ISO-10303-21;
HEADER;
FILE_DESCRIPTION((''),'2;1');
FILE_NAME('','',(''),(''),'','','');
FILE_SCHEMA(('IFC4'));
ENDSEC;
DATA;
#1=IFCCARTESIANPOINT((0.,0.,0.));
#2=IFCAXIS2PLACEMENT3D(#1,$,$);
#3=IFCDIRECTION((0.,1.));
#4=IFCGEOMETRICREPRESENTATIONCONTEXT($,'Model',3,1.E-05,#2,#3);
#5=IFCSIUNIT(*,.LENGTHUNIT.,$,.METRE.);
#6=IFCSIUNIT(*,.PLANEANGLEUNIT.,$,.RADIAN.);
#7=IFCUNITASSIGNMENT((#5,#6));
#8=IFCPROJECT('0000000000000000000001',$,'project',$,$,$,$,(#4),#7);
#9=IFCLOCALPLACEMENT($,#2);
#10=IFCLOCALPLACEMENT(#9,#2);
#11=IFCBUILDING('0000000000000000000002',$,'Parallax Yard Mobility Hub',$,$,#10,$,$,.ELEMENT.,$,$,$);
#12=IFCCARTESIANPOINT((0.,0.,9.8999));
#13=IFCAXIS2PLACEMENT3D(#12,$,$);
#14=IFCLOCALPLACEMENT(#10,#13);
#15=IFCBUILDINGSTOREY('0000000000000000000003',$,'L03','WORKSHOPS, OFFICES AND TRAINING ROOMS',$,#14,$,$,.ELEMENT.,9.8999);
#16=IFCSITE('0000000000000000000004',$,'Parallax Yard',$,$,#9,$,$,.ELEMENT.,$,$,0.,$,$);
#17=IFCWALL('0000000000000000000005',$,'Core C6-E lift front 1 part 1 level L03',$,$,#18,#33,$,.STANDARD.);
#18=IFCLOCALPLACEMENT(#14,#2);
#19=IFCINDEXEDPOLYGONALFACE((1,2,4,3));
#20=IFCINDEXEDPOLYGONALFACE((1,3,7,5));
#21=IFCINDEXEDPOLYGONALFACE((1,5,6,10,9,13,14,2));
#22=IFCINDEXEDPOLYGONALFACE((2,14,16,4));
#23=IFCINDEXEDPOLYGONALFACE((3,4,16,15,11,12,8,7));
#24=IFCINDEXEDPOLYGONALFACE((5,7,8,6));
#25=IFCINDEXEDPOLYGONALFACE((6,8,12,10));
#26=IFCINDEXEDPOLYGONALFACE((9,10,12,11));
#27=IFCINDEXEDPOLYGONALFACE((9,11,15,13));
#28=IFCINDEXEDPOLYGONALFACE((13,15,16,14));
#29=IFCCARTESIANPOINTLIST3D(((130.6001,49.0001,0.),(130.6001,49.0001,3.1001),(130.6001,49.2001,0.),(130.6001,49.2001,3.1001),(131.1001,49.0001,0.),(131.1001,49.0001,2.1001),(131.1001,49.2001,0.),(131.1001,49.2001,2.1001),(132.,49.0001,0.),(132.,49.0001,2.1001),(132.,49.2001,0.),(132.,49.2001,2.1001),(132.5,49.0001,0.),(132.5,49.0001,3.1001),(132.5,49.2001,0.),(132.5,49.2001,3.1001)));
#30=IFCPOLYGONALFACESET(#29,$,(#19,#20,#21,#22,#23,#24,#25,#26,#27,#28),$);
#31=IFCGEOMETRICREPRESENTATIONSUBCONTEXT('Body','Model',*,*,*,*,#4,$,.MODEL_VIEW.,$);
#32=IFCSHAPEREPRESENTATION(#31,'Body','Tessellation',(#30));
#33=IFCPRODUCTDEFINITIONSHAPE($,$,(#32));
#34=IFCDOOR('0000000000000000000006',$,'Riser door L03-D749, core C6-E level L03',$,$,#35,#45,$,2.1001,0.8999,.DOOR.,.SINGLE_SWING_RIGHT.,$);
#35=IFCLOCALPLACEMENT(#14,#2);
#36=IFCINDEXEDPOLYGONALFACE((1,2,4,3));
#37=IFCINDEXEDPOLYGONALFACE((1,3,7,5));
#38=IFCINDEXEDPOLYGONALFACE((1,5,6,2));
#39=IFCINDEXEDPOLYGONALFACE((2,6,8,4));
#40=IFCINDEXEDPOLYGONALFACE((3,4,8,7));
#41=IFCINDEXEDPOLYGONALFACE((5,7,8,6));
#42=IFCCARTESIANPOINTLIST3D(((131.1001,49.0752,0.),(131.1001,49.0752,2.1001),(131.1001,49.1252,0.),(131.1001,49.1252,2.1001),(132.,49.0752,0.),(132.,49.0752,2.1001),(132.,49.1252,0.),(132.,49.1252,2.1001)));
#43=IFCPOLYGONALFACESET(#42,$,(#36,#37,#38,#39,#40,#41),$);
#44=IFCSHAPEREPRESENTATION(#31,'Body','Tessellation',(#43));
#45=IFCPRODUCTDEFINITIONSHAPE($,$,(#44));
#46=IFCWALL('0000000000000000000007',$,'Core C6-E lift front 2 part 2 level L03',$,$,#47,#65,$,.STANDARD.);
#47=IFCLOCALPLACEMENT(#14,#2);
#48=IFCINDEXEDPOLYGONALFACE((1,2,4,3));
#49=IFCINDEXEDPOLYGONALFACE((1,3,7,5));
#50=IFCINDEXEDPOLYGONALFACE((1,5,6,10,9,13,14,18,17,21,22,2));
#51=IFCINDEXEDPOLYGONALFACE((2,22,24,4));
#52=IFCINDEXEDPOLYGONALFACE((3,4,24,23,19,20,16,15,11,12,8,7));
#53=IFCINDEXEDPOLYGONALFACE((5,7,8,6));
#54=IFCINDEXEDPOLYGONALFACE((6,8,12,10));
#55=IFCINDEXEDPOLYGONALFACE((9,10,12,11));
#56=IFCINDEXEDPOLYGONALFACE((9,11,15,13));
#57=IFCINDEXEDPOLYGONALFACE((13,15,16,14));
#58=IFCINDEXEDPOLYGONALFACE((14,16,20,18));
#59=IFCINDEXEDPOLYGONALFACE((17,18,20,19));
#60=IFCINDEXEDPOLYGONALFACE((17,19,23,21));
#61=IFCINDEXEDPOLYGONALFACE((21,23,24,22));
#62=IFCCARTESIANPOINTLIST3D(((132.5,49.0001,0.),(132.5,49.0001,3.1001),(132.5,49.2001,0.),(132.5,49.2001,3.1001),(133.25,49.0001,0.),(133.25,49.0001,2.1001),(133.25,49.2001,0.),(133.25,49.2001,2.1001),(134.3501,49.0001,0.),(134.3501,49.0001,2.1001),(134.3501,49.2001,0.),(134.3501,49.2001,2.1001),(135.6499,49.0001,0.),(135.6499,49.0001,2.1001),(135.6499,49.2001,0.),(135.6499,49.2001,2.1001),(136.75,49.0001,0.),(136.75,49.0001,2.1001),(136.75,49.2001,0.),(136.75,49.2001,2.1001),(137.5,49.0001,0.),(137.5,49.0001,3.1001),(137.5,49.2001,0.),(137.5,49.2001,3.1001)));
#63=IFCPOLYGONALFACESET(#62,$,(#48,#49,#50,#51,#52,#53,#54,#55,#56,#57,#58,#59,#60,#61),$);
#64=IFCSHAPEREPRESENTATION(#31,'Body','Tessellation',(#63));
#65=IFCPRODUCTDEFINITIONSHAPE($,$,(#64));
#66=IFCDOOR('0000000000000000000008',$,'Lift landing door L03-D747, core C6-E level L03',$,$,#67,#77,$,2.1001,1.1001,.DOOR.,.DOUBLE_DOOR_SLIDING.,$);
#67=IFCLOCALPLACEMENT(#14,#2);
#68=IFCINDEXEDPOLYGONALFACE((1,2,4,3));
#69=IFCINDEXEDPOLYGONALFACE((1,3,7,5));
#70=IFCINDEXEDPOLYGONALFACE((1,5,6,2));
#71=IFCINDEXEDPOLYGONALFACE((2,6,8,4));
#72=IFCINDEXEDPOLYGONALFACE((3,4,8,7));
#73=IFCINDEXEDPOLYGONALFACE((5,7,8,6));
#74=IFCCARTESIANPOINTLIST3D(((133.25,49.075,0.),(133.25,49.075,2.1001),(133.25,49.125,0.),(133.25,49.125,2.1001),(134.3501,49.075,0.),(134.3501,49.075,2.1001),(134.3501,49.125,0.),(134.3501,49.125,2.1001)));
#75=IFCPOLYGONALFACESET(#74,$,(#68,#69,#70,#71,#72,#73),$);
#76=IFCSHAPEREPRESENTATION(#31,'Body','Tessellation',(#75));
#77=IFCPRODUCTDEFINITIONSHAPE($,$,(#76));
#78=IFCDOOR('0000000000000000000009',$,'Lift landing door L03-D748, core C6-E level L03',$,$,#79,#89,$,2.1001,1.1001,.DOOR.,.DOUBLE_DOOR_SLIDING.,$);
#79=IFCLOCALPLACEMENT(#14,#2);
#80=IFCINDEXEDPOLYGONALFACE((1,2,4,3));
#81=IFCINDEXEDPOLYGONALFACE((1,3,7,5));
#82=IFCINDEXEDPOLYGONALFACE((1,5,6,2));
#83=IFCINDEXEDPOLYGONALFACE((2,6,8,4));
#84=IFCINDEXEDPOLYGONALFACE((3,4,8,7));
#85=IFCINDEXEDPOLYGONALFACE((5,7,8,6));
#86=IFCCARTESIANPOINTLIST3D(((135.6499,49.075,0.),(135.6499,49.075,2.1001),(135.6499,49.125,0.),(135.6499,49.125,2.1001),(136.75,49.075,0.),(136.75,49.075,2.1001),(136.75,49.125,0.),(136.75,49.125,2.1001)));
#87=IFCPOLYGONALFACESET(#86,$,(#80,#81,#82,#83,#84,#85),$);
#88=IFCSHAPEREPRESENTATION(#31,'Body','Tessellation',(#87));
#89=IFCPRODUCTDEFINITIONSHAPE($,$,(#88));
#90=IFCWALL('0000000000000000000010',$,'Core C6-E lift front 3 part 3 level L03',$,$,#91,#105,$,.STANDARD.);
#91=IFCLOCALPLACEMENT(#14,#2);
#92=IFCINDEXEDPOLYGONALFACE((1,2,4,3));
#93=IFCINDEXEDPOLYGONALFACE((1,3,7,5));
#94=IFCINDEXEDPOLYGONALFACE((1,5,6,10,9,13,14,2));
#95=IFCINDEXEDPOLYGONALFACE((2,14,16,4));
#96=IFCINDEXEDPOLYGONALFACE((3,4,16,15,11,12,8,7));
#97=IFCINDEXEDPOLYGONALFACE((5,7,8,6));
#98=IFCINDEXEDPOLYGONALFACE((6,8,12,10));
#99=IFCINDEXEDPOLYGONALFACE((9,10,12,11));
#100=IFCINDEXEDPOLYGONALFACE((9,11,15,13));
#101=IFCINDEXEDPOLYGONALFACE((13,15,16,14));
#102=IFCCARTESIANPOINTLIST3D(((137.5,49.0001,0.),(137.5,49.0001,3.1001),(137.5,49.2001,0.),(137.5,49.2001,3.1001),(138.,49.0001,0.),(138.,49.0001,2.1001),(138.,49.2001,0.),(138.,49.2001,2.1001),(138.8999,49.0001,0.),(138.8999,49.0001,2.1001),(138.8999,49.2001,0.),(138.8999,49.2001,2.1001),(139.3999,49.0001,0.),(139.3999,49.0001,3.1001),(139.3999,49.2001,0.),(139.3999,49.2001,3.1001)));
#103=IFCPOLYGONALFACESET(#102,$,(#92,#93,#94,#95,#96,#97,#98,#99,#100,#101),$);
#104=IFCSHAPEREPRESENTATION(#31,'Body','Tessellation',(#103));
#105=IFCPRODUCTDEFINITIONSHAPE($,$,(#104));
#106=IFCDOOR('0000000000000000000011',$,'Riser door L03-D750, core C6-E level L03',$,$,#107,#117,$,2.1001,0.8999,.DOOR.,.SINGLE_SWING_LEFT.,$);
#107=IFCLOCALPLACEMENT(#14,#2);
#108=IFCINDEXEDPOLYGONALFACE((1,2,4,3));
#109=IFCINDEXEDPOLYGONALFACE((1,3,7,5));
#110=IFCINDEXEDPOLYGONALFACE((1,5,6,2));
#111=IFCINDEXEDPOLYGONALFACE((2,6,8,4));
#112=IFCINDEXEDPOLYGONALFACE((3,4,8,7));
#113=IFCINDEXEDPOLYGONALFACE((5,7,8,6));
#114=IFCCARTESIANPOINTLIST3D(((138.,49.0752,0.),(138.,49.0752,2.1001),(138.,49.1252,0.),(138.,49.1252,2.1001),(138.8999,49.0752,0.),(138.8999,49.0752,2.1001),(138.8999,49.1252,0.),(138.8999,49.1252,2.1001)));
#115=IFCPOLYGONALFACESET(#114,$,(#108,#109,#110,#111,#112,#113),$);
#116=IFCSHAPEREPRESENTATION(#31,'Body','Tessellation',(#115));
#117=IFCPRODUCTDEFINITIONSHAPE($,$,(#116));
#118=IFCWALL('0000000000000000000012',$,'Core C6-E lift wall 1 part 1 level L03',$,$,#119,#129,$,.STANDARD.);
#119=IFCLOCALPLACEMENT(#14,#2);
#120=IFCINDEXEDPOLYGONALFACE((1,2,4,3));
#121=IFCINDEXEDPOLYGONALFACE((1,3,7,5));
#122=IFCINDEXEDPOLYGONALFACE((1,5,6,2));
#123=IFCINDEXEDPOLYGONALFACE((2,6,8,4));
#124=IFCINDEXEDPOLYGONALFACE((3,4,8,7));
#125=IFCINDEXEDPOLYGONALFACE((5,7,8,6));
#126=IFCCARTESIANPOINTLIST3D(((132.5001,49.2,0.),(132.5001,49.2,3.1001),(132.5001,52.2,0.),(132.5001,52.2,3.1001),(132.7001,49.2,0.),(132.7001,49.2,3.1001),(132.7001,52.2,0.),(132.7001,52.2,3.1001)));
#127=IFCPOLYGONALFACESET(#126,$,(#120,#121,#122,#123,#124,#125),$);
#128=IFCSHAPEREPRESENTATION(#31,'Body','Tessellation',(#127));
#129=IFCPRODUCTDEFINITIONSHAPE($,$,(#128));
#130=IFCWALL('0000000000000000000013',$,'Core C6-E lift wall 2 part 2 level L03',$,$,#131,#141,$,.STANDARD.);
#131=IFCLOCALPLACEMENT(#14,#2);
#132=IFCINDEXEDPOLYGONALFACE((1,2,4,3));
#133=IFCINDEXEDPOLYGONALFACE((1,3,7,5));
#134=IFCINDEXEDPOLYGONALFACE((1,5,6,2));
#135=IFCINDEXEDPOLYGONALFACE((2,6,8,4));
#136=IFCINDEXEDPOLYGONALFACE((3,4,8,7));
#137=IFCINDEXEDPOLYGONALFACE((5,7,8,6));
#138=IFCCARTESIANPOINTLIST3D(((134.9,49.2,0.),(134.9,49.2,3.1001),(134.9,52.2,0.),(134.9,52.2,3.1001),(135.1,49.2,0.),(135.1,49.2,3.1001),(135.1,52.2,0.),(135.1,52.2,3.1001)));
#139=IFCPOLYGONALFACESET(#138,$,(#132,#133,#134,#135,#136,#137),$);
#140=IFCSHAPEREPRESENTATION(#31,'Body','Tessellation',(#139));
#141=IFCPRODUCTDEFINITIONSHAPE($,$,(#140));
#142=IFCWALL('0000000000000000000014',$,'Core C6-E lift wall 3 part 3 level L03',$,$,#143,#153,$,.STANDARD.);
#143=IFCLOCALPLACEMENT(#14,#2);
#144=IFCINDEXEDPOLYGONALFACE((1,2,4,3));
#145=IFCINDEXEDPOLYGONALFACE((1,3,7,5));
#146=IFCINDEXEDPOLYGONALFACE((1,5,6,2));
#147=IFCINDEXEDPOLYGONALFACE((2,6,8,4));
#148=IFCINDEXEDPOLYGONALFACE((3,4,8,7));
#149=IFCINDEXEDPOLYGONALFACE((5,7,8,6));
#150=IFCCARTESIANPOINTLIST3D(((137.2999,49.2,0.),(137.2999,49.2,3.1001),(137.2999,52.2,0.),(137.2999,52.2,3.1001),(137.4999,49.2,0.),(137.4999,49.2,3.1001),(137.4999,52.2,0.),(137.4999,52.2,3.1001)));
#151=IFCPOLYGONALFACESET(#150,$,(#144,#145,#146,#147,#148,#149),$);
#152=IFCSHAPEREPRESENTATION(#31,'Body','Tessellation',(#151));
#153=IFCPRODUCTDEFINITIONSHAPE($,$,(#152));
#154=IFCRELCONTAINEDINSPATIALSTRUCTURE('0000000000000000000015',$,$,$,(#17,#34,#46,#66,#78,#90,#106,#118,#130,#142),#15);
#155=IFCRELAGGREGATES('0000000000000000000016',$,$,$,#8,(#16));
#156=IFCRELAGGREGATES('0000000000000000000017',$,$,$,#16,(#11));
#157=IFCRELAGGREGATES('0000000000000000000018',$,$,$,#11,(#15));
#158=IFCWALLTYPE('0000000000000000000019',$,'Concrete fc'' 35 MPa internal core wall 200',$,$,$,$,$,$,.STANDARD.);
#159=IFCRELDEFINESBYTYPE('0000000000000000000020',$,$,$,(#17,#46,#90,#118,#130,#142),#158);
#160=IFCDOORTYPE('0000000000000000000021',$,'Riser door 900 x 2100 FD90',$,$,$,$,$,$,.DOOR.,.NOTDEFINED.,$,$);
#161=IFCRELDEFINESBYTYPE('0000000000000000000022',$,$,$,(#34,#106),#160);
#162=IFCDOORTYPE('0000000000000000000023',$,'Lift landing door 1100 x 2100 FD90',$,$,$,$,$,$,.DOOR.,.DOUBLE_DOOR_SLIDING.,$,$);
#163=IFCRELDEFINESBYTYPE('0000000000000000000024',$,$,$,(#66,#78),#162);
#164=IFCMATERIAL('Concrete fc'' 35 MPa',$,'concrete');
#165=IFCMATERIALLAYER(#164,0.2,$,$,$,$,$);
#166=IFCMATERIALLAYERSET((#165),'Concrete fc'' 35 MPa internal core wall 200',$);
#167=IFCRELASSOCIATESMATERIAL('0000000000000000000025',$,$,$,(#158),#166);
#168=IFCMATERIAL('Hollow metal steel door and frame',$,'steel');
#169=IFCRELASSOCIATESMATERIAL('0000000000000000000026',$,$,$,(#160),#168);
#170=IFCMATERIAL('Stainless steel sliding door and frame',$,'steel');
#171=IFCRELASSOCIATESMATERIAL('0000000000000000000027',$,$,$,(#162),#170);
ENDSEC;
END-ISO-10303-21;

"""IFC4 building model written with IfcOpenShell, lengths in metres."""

from ifc_helpers import new_model, si_unit, direction, frame, frame_2d, origin, place, context, subcontext, project, spatial, rectangle, extrude, material, layer, layer_set, type_object, element, fill, save


model = new_model("IFC4")

# Units and contexts
model_context = context("Model", 3, precision=1e-05, world=origin(), true_north=direction((0.0, 1.0)))
body_context = subcontext(model_context, "Body", "Model", "MODEL_VIEW")
ifc_project = project(units=[si_unit("LENGTHUNIT", "METRE"), si_unit("PLANEANGLEUNIT", "RADIAN")], contexts=[model_context])

# Site, building, storey
site_placement = place(None, origin())
site = spatial("IfcSite", under=ifc_project, at=site_placement, Name="Parallax Yard", CompositionType="ELEMENT", RefElevation=0.0)
building_placement = place(site_placement, origin())
building = spatial("IfcBuilding", under=site, at=building_placement, Name="Parallax Yard Mobility Hub", CompositionType="ELEMENT")
storey_placement = place(building_placement, frame((0.0, 0.0, 9.8999)))
storey = spatial("IfcBuildingStorey", under=building, at=storey_placement, Name="L03", Description="WORKSHOPS, OFFICES AND TRAINING ROOMS", CompositionType="ELEMENT", Elevation=9.8999)

# Wall, opening, door
ifc_material_1 = material(Name="Concrete fc' 35 MPa", Category="concrete")
ifc_layer_1 = layer(ifc_material_1, 0.2)
ifc_layer_set_1 = layer_set([ifc_layer_1], Name="Concrete fc' 35 MPa internal core wall 200")
wall_type_1 = type_object("IfcWallType", Name="Concrete fc' 35 MPa internal core wall 200", PredefinedType="STANDARD", material=ifc_layer_set_1)
wall_1_placement = place(storey_placement, frame((132.5, 49.1001, 0.0), z_axis=(0.0, 0.0, 1.0), x_axis=(-1.0, 0.0, 0.0)))
wall_1 = element("IfcWall", 1, at=wall_1_placement, inside=storey, type_object=wall_type_1, Name="Core C6-E lift front 1 part 1 level L03", PredefinedType="STANDARD", context=body_context, shape_type="SweptSolid", body=[
    extrude(rectangle(XDim=1.8999, YDim=0.2, at=frame_2d((0.95, 0.0))), origin(), (0.0, 0.0, 1.0), 3.1001),
])
opening_1_placement = place(wall_1_placement, frame((0.5, 0.0, 0.0)))
opening_1 = element("IfcOpeningElement", 2, at=opening_1_placement, cuts=wall_1, PredefinedType="OPENING", context=body_context, shape_type="SweptSolid", body=[
    extrude(rectangle(XDim=0.8999, YDim=2.1001, at=frame_2d((0.45, 1.05))), frame((0.0, 0.1099, 0.0), z_axis=(0.0, -1.0, 0.0), x_axis=(1.0, 0.0, 0.0)), (0.0, 0.0, 1.0), 0.22),
])
ifc_material_2 = material(Name="Hollow metal steel door and frame", Category="steel")
door_type_1 = type_object("IfcDoorType", Name="Riser door 900 x 2100 FD90", OperationType="NOTDEFINED", PredefinedType="DOOR", material=ifc_material_2)
door_1_placement = place(opening_1_placement, origin())
door_1 = element("IfcDoor", 3, at=door_1_placement, inside=storey, type_object=door_type_1, Name="Riser door L03-D749, core C6-E level L03", OperationType="SINGLE_SWING_RIGHT", OverallHeight=2.1001, OverallWidth=0.8999, PredefinedType="DOOR", context=body_context, shape_type="SweptSolid", body=[
    extrude(rectangle(XDim=0.8999, YDim=2.1001, at=frame_2d((0.45, 1.05))), frame((0.0, 0.0249, 0.0), z_axis=(0.0, -1.0, 0.0), x_axis=(1.0, 0.0, 0.0)), (0.0, 0.0, 1.0), 0.05),
])
fill(opening_1, door_1)

# Wall, openings, doors
wall_2_placement = place(storey_placement, frame((132.5, 49.1001, 0.0), z_axis=(0.0, 0.0, 1.0), x_axis=(1.0, 0.0, 0.0)))
wall_2 = element("IfcWall", 4, at=wall_2_placement, inside=storey, type_object=wall_type_1, Name="Core C6-E lift front 2 part 2 level L03", PredefinedType="STANDARD", context=body_context, shape_type="SweptSolid", body=[
    extrude(rectangle(XDim=5.0, YDim=0.2, at=frame_2d((2.5, 0.0))), origin(), (0.0, 0.0, 1.0), 3.1001),
])
opening_2_placement = place(wall_2_placement, frame((0.75, 0.0, 0.0)))
opening_2 = element("IfcOpeningElement", 5, at=opening_2_placement, cuts=wall_2, PredefinedType="OPENING", context=body_context, shape_type="SweptSolid", body=[
    extrude(rectangle(XDim=1.1001, YDim=2.1001, at=frame_2d((0.55, 1.05))), frame((0.0, 0.1099, 0.0), z_axis=(0.0, -1.0, 0.0), x_axis=(1.0, 0.0, 0.0)), (0.0, 0.0, 1.0), 0.22),
])
opening_3_placement = place(wall_2_placement, frame((3.1499, 0.0, 0.0)))
opening_3 = element("IfcOpeningElement", 6, at=opening_3_placement, cuts=wall_2, PredefinedType="OPENING", context=body_context, shape_type="SweptSolid", body=[
    extrude(rectangle(XDim=1.1001, YDim=2.1001, at=frame_2d((0.55, 1.05))), frame((0.0, 0.1099, 0.0), z_axis=(0.0, -1.0, 0.0), x_axis=(1.0, 0.0, 0.0)), (0.0, 0.0, 1.0), 0.22),
])
ifc_material_3 = material(Name="Stainless steel sliding door and frame", Category="steel")
door_type_2 = type_object("IfcDoorType", Name="Lift landing door 1100 x 2100 FD90", OperationType="DOUBLE_DOOR_SLIDING", PredefinedType="DOOR", material=ifc_material_3)
door_2_placement = place(opening_2_placement, origin())
door_2 = element("IfcDoor", 7, at=door_2_placement, inside=storey, type_object=door_type_2, Name="Lift landing door L03-D747, core C6-E level L03", OperationType="DOUBLE_DOOR_SLIDING", OverallHeight=2.1001, OverallWidth=1.1001, PredefinedType="DOOR", context=body_context, shape_type="SweptSolid", body=[
    extrude(rectangle(XDim=1.1001, YDim=2.1001, at=frame_2d((0.55, 1.05))), frame((0.0, 0.0249, 0.0), z_axis=(0.0, -1.0, 0.0), x_axis=(1.0, 0.0, 0.0)), (0.0, 0.0, 1.0), 0.05),
])
fill(opening_2, door_2)
door_3_placement = place(opening_3_placement, origin())
door_3 = element("IfcDoor", 8, at=door_3_placement, inside=storey, type_object=door_type_2, Name="Lift landing door L03-D748, core C6-E level L03", OperationType="DOUBLE_DOOR_SLIDING", OverallHeight=2.1001, OverallWidth=1.1001, PredefinedType="DOOR", context=body_context, shape_type="SweptSolid", body=[
    extrude(rectangle(XDim=1.1001, YDim=2.1001, at=frame_2d((0.55, 1.05))), frame((0.0, 0.0249, 0.0), z_axis=(0.0, -1.0, 0.0), x_axis=(1.0, 0.0, 0.0)), (0.0, 0.0, 1.0), 0.05),
])
fill(opening_3, door_3)

# Wall, opening, door
wall_3_placement = place(storey_placement, frame((139.3999, 49.1001, 0.0), z_axis=(0.0, 0.0, 1.0), x_axis=(-1.0, 0.0, 0.0)))
wall_3 = element("IfcWall", 9, at=wall_3_placement, inside=storey, type_object=wall_type_1, Name="Core C6-E lift front 3 part 3 level L03", PredefinedType="STANDARD", context=body_context, shape_type="SweptSolid", body=[
    extrude(rectangle(XDim=1.8999, YDim=0.2, at=frame_2d((0.95, 0.0))), origin(), (0.0, 0.0, 1.0), 3.1001),
])
opening_4_placement = place(wall_3_placement, frame((0.5, 0.0, 0.0)))
opening_4 = element("IfcOpeningElement", 10, at=opening_4_placement, cuts=wall_3, PredefinedType="OPENING", context=body_context, shape_type="SweptSolid", body=[
    extrude(rectangle(XDim=0.8999, YDim=2.1001, at=frame_2d((0.45, 1.05))), frame((0.0, 0.1099, 0.0), z_axis=(0.0, -1.0, 0.0), x_axis=(1.0, 0.0, 0.0)), (0.0, 0.0, 1.0), 0.22),
])
door_4_placement = place(opening_4_placement, origin())
door_4 = element("IfcDoor", 11, at=door_4_placement, inside=storey, type_object=door_type_1, Name="Riser door L03-D750, core C6-E level L03", OperationType="SINGLE_SWING_LEFT", OverallHeight=2.1001, OverallWidth=0.8999, PredefinedType="DOOR", context=body_context, shape_type="SweptSolid", body=[
    extrude(rectangle(XDim=0.8999, YDim=2.1001, at=frame_2d((0.45, 1.05))), frame((0.0, 0.0249, 0.0), z_axis=(0.0, -1.0, 0.0), x_axis=(1.0, 0.0, 0.0)), (0.0, 0.0, 1.0), 0.05),
])
fill(opening_4, door_4)

# Walls
for number, where, z_axis, x_axis, name in (
    (12, (132.6001, 49.2, 0.0), (0.0, 0.0, 1.0), (0.0, 1.0, 0.0), "Core C6-E lift wall 1 part 1 level L03"),
    (13, (135.0, 49.2, 0.0), (0.0, 0.0, 1.0), (0.0, 1.0, 0.0), "Core C6-E lift wall 2 part 2 level L03"),
    (14, (137.3999, 49.2, 0.0), (0.0, 0.0, 1.0), (0.0, 1.0, 0.0), "Core C6-E lift wall 3 part 3 level L03"),
):
    element("IfcWall", number, at=place(storey_placement, frame(where, z_axis=z_axis, x_axis=x_axis)), inside=storey, type_object=wall_type_1, Name=name, PredefinedType="STANDARD", context=body_context, shape_type="SweptSolid", body=[
        extrude(rectangle(XDim=3.0, YDim=0.2, at=frame_2d((1.5, 0.0))), origin(), (0.0, 0.0, 1.0), 3.1001),
    ])

save(model, "model.ifc")
